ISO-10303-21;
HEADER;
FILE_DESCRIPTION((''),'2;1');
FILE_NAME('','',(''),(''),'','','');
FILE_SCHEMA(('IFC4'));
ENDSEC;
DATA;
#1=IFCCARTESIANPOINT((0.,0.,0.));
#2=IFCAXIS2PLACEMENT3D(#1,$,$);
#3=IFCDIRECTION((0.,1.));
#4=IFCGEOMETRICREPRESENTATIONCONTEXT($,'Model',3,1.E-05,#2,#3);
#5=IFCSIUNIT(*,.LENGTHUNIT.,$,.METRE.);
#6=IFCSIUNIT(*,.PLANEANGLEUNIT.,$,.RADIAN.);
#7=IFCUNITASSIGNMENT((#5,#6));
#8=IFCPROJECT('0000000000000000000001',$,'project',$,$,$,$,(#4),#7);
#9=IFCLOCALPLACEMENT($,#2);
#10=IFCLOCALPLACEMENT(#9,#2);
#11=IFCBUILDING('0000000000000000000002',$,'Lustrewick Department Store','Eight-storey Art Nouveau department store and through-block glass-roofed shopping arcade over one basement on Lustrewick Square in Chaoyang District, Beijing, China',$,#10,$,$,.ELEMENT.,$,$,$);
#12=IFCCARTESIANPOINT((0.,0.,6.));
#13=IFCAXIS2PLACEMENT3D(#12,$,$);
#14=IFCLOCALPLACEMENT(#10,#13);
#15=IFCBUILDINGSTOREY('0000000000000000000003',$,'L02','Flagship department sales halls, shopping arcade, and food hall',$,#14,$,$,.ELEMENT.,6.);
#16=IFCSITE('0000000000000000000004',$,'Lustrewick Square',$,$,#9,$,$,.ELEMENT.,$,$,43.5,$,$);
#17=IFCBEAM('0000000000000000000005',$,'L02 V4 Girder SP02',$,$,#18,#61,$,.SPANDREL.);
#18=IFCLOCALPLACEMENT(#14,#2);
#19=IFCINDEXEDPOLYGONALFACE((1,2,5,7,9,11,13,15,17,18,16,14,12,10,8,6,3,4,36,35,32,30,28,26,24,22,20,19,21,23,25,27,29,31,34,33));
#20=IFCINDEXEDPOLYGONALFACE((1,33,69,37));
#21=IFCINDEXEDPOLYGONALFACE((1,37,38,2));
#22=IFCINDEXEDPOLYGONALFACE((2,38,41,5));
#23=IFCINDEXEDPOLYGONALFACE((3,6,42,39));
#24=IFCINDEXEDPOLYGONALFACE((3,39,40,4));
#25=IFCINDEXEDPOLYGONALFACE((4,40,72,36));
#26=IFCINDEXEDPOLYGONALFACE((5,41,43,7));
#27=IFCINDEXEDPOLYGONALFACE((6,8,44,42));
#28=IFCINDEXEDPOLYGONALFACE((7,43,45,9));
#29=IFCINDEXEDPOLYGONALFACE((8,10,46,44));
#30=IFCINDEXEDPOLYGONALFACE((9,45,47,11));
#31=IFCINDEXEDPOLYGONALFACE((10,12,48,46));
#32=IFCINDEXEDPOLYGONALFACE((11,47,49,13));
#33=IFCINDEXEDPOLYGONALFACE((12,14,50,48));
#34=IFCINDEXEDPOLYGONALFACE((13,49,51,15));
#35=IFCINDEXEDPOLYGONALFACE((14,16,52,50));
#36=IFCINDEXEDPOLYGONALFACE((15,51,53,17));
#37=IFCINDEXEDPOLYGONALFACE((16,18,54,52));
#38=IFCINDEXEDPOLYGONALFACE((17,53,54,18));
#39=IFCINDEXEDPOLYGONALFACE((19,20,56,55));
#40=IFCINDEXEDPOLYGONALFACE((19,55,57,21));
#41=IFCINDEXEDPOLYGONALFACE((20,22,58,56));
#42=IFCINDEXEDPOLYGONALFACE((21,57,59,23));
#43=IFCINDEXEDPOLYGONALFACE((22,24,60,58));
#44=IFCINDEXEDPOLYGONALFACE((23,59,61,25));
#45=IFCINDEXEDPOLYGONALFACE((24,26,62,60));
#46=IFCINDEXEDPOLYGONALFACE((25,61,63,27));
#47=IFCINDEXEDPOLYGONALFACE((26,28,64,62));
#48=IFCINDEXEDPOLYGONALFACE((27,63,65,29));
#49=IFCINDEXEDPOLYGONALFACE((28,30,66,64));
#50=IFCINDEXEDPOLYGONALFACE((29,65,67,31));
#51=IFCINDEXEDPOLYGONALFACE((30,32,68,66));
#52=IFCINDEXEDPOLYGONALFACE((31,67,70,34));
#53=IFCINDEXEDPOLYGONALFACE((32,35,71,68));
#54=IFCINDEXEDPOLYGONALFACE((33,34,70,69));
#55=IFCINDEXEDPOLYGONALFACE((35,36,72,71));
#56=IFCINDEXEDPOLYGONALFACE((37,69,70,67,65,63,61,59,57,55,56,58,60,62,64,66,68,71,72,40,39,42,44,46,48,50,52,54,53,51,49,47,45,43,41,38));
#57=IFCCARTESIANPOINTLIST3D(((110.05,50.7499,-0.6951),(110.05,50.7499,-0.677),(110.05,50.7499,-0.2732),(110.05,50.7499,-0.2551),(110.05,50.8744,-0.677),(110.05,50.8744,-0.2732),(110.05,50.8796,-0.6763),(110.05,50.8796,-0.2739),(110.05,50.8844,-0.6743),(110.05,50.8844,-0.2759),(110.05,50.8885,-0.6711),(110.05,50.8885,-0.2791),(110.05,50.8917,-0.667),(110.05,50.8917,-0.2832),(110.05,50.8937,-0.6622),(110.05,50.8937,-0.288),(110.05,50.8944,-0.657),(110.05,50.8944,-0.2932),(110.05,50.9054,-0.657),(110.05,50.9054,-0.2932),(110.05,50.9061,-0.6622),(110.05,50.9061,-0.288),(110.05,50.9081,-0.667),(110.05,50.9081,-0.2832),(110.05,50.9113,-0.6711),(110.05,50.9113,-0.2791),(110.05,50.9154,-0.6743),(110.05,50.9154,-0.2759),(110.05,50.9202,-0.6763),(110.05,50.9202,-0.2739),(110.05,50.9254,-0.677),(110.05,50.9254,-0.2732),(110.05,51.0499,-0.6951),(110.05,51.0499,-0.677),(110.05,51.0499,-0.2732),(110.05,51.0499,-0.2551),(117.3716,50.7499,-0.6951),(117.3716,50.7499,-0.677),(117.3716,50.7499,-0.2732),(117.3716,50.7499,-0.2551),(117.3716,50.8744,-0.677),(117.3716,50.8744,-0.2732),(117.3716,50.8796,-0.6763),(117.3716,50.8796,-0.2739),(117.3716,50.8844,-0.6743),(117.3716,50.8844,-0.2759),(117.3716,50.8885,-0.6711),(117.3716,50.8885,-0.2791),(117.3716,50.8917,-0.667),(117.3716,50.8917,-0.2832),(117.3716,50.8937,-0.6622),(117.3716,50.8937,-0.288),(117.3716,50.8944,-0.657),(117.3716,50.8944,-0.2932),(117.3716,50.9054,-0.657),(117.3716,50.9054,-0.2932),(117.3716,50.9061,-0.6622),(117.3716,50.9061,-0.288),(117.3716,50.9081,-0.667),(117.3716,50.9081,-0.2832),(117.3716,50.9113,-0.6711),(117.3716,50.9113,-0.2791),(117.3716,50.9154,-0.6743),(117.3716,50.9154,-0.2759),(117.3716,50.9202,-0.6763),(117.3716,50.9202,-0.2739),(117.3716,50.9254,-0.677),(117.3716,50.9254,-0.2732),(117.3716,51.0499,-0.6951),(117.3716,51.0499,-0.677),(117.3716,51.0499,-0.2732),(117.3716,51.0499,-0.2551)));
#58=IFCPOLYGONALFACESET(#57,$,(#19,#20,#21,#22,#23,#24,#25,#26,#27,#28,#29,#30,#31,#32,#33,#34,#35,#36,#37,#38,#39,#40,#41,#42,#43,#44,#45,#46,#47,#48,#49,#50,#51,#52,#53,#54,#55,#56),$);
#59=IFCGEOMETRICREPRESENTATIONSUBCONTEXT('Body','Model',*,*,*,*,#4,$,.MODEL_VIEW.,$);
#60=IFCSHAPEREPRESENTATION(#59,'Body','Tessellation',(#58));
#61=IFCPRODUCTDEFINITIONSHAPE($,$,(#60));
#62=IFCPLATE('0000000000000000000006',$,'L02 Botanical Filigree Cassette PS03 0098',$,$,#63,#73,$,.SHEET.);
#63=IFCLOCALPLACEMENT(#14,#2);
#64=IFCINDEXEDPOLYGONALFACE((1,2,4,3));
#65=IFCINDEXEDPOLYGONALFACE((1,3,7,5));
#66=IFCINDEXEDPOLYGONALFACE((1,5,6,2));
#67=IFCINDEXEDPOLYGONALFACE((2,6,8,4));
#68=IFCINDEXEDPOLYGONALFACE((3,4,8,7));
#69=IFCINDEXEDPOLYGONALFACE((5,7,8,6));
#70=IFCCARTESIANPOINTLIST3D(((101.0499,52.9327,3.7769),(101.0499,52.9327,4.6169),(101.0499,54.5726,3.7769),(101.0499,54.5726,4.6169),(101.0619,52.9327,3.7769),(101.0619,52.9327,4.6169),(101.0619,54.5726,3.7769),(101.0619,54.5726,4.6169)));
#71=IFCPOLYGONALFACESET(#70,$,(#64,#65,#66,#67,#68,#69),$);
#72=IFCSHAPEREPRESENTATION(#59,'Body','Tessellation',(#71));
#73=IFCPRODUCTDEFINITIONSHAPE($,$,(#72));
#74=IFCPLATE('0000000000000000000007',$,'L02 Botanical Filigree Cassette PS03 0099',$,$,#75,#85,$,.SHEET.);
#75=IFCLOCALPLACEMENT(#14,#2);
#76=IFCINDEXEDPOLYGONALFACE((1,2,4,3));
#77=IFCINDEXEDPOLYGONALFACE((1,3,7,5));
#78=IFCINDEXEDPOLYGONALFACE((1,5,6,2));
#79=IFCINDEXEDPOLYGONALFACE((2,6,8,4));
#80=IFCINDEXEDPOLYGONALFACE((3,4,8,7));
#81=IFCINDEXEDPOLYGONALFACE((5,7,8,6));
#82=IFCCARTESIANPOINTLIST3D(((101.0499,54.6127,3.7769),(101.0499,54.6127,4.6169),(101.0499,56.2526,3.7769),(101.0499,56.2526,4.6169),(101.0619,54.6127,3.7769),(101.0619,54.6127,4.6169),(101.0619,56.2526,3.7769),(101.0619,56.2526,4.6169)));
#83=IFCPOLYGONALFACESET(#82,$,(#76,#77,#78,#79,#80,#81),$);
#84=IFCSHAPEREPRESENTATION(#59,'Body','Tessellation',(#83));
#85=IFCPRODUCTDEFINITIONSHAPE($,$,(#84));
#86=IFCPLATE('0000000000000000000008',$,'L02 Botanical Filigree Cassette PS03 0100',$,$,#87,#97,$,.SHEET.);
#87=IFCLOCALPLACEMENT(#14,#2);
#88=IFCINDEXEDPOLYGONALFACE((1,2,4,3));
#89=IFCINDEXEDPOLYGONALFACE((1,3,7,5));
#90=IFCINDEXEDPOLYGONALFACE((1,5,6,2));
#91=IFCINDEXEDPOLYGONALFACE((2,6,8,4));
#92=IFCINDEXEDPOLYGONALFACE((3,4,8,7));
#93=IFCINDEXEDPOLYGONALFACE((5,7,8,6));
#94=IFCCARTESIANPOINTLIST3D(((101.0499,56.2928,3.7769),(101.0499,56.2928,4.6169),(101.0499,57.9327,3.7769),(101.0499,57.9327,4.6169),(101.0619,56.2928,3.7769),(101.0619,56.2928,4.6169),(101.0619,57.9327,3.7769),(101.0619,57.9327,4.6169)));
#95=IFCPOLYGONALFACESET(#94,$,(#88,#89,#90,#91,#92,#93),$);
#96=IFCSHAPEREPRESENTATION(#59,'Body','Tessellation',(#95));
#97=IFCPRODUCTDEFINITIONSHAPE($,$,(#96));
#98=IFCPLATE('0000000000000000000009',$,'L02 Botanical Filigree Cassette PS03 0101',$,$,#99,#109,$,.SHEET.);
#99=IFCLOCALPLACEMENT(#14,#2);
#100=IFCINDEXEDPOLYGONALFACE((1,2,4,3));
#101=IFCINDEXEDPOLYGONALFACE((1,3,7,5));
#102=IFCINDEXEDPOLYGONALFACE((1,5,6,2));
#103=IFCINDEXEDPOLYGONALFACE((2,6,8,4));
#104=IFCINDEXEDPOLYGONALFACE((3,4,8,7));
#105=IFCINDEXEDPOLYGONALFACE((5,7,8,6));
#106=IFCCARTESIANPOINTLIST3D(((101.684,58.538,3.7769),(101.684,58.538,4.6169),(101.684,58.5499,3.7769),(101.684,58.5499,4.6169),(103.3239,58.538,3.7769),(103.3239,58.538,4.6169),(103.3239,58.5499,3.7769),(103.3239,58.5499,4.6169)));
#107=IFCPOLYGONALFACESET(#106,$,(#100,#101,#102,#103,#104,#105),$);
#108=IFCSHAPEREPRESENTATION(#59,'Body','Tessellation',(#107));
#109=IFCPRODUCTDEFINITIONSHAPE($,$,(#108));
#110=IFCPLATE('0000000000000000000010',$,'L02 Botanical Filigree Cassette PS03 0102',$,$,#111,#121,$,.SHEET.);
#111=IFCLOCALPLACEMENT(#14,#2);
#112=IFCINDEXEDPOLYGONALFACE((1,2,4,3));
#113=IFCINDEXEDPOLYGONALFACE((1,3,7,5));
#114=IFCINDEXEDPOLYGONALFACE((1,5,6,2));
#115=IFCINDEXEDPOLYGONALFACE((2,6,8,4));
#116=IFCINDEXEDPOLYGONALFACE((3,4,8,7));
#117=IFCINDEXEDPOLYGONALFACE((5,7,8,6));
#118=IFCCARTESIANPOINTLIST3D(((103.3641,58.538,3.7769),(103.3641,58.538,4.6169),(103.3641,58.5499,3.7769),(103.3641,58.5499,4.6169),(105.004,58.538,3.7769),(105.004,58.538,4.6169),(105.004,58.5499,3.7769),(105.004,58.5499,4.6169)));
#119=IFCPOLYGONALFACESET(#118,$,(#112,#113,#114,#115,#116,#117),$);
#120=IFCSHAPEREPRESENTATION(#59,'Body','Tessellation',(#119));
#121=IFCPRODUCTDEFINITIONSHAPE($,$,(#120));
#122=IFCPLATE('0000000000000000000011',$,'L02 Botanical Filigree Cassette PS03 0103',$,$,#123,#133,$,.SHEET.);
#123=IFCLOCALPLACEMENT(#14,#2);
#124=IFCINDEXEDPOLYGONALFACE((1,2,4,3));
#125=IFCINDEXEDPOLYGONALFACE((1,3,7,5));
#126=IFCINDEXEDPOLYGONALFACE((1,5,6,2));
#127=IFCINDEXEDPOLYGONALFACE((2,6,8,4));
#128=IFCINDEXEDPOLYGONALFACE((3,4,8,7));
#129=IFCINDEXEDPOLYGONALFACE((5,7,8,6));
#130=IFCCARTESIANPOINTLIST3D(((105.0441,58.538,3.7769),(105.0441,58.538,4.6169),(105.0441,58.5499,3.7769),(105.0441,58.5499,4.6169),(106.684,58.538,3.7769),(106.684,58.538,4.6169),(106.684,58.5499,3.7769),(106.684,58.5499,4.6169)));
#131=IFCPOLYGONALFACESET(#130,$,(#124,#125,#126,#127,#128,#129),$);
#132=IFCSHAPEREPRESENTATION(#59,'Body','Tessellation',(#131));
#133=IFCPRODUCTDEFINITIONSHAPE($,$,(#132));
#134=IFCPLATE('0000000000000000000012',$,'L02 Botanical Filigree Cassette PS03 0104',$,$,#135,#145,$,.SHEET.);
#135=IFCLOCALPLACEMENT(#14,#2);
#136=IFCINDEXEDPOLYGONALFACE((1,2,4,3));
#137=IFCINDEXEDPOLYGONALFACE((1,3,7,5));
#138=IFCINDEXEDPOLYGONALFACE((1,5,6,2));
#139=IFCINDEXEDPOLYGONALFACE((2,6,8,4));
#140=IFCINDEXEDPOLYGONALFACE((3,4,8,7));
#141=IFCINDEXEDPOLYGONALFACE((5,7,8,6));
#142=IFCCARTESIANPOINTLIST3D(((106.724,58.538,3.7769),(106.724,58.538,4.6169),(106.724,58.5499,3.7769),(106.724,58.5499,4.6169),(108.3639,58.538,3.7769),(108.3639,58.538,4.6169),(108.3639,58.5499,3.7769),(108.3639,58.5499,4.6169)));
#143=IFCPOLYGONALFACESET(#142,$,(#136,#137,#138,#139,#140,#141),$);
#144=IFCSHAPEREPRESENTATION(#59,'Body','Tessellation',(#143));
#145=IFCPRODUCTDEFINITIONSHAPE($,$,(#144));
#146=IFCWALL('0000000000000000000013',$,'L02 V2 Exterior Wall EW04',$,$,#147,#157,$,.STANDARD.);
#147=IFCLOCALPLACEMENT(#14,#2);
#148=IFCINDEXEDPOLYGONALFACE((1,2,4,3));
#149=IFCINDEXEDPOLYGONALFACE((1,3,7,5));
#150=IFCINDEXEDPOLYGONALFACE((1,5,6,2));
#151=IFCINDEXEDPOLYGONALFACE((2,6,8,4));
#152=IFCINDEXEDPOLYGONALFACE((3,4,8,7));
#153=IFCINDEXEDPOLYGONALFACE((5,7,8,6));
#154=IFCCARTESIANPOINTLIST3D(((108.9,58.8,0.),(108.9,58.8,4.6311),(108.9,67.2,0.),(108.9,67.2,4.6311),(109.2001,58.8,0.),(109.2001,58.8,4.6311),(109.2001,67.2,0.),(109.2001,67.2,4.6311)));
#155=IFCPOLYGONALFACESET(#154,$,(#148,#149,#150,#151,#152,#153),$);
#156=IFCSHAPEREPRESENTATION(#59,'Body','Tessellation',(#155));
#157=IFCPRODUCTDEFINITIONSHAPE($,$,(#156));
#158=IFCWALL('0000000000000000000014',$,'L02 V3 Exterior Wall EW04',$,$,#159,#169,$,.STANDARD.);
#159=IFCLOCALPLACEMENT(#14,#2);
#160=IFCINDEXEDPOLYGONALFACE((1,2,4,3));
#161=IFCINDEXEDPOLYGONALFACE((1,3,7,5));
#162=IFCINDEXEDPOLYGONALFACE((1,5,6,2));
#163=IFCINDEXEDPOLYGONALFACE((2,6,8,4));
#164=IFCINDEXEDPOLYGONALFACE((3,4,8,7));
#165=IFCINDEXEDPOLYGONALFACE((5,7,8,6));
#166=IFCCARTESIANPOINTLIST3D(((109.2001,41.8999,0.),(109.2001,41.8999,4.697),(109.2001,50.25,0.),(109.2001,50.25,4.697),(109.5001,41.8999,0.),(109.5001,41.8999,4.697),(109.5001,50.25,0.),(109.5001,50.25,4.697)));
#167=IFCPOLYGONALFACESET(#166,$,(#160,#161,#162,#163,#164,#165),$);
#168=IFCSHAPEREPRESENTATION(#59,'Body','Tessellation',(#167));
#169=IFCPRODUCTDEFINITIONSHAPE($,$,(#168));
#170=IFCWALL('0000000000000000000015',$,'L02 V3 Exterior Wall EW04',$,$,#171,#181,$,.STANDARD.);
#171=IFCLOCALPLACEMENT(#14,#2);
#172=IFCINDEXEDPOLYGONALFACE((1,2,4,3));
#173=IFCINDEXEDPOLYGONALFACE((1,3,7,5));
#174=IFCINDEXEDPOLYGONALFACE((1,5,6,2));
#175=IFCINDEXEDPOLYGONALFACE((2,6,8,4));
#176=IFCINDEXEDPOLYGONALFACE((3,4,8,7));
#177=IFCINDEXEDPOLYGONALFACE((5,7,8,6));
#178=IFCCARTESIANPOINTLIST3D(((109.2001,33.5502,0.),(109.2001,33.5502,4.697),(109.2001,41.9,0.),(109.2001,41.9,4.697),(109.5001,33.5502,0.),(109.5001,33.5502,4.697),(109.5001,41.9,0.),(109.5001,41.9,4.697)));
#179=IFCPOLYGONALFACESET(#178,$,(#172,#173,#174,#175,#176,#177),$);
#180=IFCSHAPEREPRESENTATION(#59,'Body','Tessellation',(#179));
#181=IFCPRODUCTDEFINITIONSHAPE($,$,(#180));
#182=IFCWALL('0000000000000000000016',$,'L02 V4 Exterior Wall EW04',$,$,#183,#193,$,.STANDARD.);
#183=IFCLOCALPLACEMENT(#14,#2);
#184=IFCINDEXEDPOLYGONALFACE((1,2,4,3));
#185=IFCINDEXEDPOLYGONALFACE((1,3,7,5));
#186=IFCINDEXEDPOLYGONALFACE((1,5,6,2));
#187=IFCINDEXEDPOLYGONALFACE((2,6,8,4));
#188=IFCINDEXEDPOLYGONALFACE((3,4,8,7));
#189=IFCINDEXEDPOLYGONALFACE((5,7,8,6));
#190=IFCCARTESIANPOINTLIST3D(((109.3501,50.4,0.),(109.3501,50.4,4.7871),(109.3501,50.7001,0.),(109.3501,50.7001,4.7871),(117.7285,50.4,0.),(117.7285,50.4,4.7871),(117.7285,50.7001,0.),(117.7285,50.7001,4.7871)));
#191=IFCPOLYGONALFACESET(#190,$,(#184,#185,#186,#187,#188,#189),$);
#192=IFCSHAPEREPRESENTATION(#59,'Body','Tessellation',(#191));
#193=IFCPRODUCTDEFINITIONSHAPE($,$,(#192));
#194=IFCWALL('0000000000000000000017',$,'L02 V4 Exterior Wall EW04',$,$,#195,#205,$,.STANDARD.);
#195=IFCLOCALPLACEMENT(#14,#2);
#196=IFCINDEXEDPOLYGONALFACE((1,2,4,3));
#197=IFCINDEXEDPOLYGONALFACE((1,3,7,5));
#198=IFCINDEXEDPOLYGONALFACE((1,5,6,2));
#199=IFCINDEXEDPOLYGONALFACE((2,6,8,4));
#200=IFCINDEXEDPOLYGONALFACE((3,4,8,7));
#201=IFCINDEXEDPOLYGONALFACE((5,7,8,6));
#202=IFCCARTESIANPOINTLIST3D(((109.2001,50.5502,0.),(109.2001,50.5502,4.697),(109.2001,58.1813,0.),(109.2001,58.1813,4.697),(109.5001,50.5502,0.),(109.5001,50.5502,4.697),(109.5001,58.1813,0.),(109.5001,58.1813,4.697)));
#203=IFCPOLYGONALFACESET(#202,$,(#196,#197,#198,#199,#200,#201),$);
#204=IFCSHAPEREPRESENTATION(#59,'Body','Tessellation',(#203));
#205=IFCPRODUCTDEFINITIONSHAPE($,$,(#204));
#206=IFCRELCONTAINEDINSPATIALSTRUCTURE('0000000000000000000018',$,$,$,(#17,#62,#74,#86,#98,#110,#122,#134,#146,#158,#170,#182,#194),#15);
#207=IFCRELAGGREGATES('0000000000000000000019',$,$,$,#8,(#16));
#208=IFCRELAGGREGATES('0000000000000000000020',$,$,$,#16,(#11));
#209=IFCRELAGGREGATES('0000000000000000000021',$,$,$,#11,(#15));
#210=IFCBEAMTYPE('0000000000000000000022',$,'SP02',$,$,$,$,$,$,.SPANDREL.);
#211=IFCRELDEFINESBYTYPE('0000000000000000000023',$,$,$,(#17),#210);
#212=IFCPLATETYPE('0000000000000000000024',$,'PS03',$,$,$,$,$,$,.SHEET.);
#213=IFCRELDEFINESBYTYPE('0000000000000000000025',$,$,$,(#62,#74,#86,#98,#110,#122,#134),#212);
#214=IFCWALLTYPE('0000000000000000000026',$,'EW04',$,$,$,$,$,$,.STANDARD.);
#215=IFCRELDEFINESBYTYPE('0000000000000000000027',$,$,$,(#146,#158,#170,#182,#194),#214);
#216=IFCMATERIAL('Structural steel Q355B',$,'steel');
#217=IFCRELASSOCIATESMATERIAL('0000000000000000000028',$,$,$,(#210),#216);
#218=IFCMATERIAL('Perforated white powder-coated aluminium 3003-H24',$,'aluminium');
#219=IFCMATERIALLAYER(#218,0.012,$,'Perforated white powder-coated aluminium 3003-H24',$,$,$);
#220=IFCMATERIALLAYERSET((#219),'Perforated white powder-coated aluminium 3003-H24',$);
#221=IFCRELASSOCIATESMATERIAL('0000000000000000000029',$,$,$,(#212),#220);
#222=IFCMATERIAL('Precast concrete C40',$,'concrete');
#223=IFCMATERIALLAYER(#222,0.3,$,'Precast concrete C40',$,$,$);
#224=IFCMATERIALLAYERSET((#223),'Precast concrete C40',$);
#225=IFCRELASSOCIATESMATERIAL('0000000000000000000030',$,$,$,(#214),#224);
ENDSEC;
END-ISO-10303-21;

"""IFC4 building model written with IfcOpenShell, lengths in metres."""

from ifc_helpers import new_model, si_unit, direction, frame, frame_2d, origin, origin_2d, place, context, subcontext, project, spatial, rectangle, i_section, extrude, material, layer, layer_set, material_profile, profile_set, type_object, element, save


model = new_model("IFC4")

# Units and contexts
model_context = context("Model", 3, precision=1e-05, world=origin(), true_north=direction((0.0, 1.0)))
body_context = subcontext(model_context, "Body", "Model", "MODEL_VIEW")
ifc_project = project(units=[si_unit("LENGTHUNIT", "METRE"), si_unit("PLANEANGLEUNIT", "RADIAN")], contexts=[model_context])

# Site, building, storey
site_placement = place(None, origin())
site = spatial("IfcSite", under=ifc_project, at=site_placement, Name="Lustrewick Square", CompositionType="ELEMENT", RefElevation=43.5)
building_placement = place(site_placement, origin())
building = spatial("IfcBuilding", under=site, at=building_placement, Name="Lustrewick Department Store", Description="Eight-storey Art Nouveau department store and through-block glass-roofed shopping arcade over one basement on Lustrewick Square in Chaoyang District, Beijing, China", CompositionType="ELEMENT")
storey_placement = place(building_placement, frame((0.0, 0.0, 6.0)))
storey = spatial("IfcBuildingStorey", under=building, at=storey_placement, Name="L02", Description="Flagship department sales halls, shopping arcade, and food hall", CompositionType="ELEMENT", Elevation=6.0)

# Shared definitions
ifc_material_1 = material(Name="Structural steel Q355B", Category="steel")

# Beam
ifc_material_profile_1 = material_profile(ifc_material_1, i_section(OverallWidth=0.3, OverallDepth=0.4399, WebThickness=0.011, FlangeThickness=0.0181, FilletRadius=0.02, at=origin_2d()), Name="HM 440x300x11x18")
ifc_profile_set_1 = profile_set([ifc_material_profile_1], Name="Structural steel Q355B")
beam_type_1 = type_object("IfcBeamType", Name="SP02", PredefinedType="SPANDREL", material=ifc_profile_set_1)
beam_1_placement = place(storey_placement, frame((110.05, 50.8999, -0.4751), z_axis=(1.0, 0.0, 0.0), x_axis=(0.0, 1.0, 0.0)))
element("IfcBeam", 1, at=beam_1_placement, inside=storey, type_object=beam_type_1, Name="L02 V4 Girder SP02", PredefinedType="SPANDREL", context=body_context, shape_type="SweptSolid", body=[
    extrude(i_section(OverallWidth=0.3, OverallDepth=0.4399, WebThickness=0.011, FlangeThickness=0.0181, FilletRadius=0.02, at=origin_2d()), origin(), (0.0, 0.0, 1.0), 7.3215),
])

# Plates
ifc_material_2 = material(Name="Perforated white powder-coated aluminium 3003-H24", Category="aluminium")
ifc_layer_1 = layer(ifc_material_2, 0.012, Name="Perforated white powder-coated aluminium 3003-H24")
ifc_layer_set_1 = layer_set([ifc_layer_1], Name="Perforated white powder-coated aluminium 3003-H24")
plate_type = type_object("IfcPlateType", Name="PS03", PredefinedType="SHEET", material=ifc_layer_set_1)
for number, where, z_axis, x_axis, name in (
    (2, (101.0559, 53.7527, 3.7769), (0.0, 0.0, 1.0), (0.0, 1.0, 0.0), "L02 Botanical Filigree Cassette PS03 0098"),
    (3, (101.0559, 55.4326, 3.7769), (0.0, 0.0, 1.0), (0.0, 1.0, 0.0), "L02 Botanical Filigree Cassette PS03 0099"),
    (4, (101.0559, 57.1128, 3.7769), (0.0, 0.0, 1.0), (0.0, 1.0, 0.0), "L02 Botanical Filigree Cassette PS03 0100"),
    (5, (102.5039, 58.5439, 3.7769), (0.0, 0.0, 1.0), (1.0, 0.0, 0.0), "L02 Botanical Filigree Cassette PS03 0101"),
    (6, (104.1841, 58.5439, 3.7769), (0.0, 0.0, 1.0), (1.0, 0.0, 0.0), "L02 Botanical Filigree Cassette PS03 0102"),
    (7, (105.864, 58.5439, 3.7769), (0.0, 0.0, 1.0), (1.0, 0.0, 0.0), "L02 Botanical Filigree Cassette PS03 0103"),
    (8, (107.5439, 58.5439, 3.7769), (0.0, 0.0, 1.0), (1.0, 0.0, 0.0), "L02 Botanical Filigree Cassette PS03 0104"),
):
    element("IfcPlate", number, at=place(storey_placement, frame(where, z_axis=z_axis, x_axis=x_axis)), inside=storey, type_object=plate_type, Name=name, PredefinedType="SHEET", context=body_context, shape_type="SweptSolid", body=[
        extrude(rectangle(XDim=1.6399, YDim=0.012, at=origin_2d()), origin(), (0.0, 0.0, 1.0), 0.8401),
    ])

# Walls
ifc_material_3 = material(Name="Precast concrete C40", Category="concrete")
ifc_layer_2 = layer(ifc_material_3, 0.3, Name="Precast concrete C40")
ifc_layer_set_2 = layer_set([ifc_layer_2], Name="Precast concrete C40")
wall_type_1 = type_object("IfcWallType", Name="EW04", PredefinedType="STANDARD", material=ifc_layer_set_2)
wall_1_placement = place(storey_placement, frame((109.05, 58.8, 0.0), z_axis=(0.0, 0.0, 1.0), x_axis=(0.0, 1.0, 0.0)))
element("IfcWall", 9, at=wall_1_placement, inside=storey, type_object=wall_type_1, Name="L02 V2 Exterior Wall EW04", PredefinedType="STANDARD", context=body_context, shape_type="SweptSolid", body=[
    extrude(rectangle(XDim=8.3999, YDim=0.3, at=frame_2d((4.2, 0.0))), origin(), (0.0, 0.0, 1.0), 4.6311),
])
wall_2_placement = place(storey_placement, frame((109.3501, 50.25, 0.0), z_axis=(0.0, 0.0, 1.0), x_axis=(0.0, -1.0, 0.0)))
element("IfcWall", 10, at=wall_2_placement, inside=storey, type_object=wall_type_1, Name="L02 V3 Exterior Wall EW04", PredefinedType="STANDARD", context=body_context, shape_type="SweptSolid", body=[
    extrude(rectangle(XDim=8.3501, YDim=0.3, at=frame_2d((4.175, 0.0))), origin(), (0.0, 0.0, 1.0), 4.697),
])
wall_3_placement = place(storey_placement, frame((109.3501, 41.8999, 0.0), z_axis=(0.0, 0.0, 1.0), x_axis=(0.0, -1.0, 0.0)))
element("IfcWall", 11, at=wall_3_placement, inside=storey, type_object=wall_type_1, Name="L02 V3 Exterior Wall EW04", PredefinedType="STANDARD", context=body_context, shape_type="SweptSolid", body=[
    extrude(rectangle(XDim=8.3499, YDim=0.3, at=frame_2d((4.1748, 0.0))), origin(), (0.0, 0.0, 1.0), 4.697),
])
wall_4_placement = place(storey_placement, frame((109.3501, 50.55, 0.0), z_axis=(0.0, 0.0, 1.0), x_axis=(1.0, 0.0, 0.0)))
element("IfcWall", 12, at=wall_4_placement, inside=storey, type_object=wall_type_1, Name="L02 V4 Exterior Wall EW04", PredefinedType="STANDARD", context=body_context, shape_type="SweptSolid", body=[
    extrude(rectangle(XDim=8.3784, YDim=0.3, at=frame_2d((4.1892, 0.0))), origin(), (0.0, 0.0, 1.0), 4.7871),
])
wall_5_placement = place(storey_placement, frame((109.3501, 58.1812, 0.0), z_axis=(0.0, 0.0, 1.0), x_axis=(0.0, -1.0, 0.0)))
element("IfcWall", 13, at=wall_5_placement, inside=storey, type_object=wall_type_1, Name="L02 V4 Exterior Wall EW04", PredefinedType="STANDARD", context=body_context, shape_type="SweptSolid", body=[
    extrude(rectangle(XDim=7.6311, YDim=0.3, at=frame_2d((3.8154, 0.0))), origin(), (0.0, 0.0, 1.0), 4.697),
])

save(model, "model.ifc")
